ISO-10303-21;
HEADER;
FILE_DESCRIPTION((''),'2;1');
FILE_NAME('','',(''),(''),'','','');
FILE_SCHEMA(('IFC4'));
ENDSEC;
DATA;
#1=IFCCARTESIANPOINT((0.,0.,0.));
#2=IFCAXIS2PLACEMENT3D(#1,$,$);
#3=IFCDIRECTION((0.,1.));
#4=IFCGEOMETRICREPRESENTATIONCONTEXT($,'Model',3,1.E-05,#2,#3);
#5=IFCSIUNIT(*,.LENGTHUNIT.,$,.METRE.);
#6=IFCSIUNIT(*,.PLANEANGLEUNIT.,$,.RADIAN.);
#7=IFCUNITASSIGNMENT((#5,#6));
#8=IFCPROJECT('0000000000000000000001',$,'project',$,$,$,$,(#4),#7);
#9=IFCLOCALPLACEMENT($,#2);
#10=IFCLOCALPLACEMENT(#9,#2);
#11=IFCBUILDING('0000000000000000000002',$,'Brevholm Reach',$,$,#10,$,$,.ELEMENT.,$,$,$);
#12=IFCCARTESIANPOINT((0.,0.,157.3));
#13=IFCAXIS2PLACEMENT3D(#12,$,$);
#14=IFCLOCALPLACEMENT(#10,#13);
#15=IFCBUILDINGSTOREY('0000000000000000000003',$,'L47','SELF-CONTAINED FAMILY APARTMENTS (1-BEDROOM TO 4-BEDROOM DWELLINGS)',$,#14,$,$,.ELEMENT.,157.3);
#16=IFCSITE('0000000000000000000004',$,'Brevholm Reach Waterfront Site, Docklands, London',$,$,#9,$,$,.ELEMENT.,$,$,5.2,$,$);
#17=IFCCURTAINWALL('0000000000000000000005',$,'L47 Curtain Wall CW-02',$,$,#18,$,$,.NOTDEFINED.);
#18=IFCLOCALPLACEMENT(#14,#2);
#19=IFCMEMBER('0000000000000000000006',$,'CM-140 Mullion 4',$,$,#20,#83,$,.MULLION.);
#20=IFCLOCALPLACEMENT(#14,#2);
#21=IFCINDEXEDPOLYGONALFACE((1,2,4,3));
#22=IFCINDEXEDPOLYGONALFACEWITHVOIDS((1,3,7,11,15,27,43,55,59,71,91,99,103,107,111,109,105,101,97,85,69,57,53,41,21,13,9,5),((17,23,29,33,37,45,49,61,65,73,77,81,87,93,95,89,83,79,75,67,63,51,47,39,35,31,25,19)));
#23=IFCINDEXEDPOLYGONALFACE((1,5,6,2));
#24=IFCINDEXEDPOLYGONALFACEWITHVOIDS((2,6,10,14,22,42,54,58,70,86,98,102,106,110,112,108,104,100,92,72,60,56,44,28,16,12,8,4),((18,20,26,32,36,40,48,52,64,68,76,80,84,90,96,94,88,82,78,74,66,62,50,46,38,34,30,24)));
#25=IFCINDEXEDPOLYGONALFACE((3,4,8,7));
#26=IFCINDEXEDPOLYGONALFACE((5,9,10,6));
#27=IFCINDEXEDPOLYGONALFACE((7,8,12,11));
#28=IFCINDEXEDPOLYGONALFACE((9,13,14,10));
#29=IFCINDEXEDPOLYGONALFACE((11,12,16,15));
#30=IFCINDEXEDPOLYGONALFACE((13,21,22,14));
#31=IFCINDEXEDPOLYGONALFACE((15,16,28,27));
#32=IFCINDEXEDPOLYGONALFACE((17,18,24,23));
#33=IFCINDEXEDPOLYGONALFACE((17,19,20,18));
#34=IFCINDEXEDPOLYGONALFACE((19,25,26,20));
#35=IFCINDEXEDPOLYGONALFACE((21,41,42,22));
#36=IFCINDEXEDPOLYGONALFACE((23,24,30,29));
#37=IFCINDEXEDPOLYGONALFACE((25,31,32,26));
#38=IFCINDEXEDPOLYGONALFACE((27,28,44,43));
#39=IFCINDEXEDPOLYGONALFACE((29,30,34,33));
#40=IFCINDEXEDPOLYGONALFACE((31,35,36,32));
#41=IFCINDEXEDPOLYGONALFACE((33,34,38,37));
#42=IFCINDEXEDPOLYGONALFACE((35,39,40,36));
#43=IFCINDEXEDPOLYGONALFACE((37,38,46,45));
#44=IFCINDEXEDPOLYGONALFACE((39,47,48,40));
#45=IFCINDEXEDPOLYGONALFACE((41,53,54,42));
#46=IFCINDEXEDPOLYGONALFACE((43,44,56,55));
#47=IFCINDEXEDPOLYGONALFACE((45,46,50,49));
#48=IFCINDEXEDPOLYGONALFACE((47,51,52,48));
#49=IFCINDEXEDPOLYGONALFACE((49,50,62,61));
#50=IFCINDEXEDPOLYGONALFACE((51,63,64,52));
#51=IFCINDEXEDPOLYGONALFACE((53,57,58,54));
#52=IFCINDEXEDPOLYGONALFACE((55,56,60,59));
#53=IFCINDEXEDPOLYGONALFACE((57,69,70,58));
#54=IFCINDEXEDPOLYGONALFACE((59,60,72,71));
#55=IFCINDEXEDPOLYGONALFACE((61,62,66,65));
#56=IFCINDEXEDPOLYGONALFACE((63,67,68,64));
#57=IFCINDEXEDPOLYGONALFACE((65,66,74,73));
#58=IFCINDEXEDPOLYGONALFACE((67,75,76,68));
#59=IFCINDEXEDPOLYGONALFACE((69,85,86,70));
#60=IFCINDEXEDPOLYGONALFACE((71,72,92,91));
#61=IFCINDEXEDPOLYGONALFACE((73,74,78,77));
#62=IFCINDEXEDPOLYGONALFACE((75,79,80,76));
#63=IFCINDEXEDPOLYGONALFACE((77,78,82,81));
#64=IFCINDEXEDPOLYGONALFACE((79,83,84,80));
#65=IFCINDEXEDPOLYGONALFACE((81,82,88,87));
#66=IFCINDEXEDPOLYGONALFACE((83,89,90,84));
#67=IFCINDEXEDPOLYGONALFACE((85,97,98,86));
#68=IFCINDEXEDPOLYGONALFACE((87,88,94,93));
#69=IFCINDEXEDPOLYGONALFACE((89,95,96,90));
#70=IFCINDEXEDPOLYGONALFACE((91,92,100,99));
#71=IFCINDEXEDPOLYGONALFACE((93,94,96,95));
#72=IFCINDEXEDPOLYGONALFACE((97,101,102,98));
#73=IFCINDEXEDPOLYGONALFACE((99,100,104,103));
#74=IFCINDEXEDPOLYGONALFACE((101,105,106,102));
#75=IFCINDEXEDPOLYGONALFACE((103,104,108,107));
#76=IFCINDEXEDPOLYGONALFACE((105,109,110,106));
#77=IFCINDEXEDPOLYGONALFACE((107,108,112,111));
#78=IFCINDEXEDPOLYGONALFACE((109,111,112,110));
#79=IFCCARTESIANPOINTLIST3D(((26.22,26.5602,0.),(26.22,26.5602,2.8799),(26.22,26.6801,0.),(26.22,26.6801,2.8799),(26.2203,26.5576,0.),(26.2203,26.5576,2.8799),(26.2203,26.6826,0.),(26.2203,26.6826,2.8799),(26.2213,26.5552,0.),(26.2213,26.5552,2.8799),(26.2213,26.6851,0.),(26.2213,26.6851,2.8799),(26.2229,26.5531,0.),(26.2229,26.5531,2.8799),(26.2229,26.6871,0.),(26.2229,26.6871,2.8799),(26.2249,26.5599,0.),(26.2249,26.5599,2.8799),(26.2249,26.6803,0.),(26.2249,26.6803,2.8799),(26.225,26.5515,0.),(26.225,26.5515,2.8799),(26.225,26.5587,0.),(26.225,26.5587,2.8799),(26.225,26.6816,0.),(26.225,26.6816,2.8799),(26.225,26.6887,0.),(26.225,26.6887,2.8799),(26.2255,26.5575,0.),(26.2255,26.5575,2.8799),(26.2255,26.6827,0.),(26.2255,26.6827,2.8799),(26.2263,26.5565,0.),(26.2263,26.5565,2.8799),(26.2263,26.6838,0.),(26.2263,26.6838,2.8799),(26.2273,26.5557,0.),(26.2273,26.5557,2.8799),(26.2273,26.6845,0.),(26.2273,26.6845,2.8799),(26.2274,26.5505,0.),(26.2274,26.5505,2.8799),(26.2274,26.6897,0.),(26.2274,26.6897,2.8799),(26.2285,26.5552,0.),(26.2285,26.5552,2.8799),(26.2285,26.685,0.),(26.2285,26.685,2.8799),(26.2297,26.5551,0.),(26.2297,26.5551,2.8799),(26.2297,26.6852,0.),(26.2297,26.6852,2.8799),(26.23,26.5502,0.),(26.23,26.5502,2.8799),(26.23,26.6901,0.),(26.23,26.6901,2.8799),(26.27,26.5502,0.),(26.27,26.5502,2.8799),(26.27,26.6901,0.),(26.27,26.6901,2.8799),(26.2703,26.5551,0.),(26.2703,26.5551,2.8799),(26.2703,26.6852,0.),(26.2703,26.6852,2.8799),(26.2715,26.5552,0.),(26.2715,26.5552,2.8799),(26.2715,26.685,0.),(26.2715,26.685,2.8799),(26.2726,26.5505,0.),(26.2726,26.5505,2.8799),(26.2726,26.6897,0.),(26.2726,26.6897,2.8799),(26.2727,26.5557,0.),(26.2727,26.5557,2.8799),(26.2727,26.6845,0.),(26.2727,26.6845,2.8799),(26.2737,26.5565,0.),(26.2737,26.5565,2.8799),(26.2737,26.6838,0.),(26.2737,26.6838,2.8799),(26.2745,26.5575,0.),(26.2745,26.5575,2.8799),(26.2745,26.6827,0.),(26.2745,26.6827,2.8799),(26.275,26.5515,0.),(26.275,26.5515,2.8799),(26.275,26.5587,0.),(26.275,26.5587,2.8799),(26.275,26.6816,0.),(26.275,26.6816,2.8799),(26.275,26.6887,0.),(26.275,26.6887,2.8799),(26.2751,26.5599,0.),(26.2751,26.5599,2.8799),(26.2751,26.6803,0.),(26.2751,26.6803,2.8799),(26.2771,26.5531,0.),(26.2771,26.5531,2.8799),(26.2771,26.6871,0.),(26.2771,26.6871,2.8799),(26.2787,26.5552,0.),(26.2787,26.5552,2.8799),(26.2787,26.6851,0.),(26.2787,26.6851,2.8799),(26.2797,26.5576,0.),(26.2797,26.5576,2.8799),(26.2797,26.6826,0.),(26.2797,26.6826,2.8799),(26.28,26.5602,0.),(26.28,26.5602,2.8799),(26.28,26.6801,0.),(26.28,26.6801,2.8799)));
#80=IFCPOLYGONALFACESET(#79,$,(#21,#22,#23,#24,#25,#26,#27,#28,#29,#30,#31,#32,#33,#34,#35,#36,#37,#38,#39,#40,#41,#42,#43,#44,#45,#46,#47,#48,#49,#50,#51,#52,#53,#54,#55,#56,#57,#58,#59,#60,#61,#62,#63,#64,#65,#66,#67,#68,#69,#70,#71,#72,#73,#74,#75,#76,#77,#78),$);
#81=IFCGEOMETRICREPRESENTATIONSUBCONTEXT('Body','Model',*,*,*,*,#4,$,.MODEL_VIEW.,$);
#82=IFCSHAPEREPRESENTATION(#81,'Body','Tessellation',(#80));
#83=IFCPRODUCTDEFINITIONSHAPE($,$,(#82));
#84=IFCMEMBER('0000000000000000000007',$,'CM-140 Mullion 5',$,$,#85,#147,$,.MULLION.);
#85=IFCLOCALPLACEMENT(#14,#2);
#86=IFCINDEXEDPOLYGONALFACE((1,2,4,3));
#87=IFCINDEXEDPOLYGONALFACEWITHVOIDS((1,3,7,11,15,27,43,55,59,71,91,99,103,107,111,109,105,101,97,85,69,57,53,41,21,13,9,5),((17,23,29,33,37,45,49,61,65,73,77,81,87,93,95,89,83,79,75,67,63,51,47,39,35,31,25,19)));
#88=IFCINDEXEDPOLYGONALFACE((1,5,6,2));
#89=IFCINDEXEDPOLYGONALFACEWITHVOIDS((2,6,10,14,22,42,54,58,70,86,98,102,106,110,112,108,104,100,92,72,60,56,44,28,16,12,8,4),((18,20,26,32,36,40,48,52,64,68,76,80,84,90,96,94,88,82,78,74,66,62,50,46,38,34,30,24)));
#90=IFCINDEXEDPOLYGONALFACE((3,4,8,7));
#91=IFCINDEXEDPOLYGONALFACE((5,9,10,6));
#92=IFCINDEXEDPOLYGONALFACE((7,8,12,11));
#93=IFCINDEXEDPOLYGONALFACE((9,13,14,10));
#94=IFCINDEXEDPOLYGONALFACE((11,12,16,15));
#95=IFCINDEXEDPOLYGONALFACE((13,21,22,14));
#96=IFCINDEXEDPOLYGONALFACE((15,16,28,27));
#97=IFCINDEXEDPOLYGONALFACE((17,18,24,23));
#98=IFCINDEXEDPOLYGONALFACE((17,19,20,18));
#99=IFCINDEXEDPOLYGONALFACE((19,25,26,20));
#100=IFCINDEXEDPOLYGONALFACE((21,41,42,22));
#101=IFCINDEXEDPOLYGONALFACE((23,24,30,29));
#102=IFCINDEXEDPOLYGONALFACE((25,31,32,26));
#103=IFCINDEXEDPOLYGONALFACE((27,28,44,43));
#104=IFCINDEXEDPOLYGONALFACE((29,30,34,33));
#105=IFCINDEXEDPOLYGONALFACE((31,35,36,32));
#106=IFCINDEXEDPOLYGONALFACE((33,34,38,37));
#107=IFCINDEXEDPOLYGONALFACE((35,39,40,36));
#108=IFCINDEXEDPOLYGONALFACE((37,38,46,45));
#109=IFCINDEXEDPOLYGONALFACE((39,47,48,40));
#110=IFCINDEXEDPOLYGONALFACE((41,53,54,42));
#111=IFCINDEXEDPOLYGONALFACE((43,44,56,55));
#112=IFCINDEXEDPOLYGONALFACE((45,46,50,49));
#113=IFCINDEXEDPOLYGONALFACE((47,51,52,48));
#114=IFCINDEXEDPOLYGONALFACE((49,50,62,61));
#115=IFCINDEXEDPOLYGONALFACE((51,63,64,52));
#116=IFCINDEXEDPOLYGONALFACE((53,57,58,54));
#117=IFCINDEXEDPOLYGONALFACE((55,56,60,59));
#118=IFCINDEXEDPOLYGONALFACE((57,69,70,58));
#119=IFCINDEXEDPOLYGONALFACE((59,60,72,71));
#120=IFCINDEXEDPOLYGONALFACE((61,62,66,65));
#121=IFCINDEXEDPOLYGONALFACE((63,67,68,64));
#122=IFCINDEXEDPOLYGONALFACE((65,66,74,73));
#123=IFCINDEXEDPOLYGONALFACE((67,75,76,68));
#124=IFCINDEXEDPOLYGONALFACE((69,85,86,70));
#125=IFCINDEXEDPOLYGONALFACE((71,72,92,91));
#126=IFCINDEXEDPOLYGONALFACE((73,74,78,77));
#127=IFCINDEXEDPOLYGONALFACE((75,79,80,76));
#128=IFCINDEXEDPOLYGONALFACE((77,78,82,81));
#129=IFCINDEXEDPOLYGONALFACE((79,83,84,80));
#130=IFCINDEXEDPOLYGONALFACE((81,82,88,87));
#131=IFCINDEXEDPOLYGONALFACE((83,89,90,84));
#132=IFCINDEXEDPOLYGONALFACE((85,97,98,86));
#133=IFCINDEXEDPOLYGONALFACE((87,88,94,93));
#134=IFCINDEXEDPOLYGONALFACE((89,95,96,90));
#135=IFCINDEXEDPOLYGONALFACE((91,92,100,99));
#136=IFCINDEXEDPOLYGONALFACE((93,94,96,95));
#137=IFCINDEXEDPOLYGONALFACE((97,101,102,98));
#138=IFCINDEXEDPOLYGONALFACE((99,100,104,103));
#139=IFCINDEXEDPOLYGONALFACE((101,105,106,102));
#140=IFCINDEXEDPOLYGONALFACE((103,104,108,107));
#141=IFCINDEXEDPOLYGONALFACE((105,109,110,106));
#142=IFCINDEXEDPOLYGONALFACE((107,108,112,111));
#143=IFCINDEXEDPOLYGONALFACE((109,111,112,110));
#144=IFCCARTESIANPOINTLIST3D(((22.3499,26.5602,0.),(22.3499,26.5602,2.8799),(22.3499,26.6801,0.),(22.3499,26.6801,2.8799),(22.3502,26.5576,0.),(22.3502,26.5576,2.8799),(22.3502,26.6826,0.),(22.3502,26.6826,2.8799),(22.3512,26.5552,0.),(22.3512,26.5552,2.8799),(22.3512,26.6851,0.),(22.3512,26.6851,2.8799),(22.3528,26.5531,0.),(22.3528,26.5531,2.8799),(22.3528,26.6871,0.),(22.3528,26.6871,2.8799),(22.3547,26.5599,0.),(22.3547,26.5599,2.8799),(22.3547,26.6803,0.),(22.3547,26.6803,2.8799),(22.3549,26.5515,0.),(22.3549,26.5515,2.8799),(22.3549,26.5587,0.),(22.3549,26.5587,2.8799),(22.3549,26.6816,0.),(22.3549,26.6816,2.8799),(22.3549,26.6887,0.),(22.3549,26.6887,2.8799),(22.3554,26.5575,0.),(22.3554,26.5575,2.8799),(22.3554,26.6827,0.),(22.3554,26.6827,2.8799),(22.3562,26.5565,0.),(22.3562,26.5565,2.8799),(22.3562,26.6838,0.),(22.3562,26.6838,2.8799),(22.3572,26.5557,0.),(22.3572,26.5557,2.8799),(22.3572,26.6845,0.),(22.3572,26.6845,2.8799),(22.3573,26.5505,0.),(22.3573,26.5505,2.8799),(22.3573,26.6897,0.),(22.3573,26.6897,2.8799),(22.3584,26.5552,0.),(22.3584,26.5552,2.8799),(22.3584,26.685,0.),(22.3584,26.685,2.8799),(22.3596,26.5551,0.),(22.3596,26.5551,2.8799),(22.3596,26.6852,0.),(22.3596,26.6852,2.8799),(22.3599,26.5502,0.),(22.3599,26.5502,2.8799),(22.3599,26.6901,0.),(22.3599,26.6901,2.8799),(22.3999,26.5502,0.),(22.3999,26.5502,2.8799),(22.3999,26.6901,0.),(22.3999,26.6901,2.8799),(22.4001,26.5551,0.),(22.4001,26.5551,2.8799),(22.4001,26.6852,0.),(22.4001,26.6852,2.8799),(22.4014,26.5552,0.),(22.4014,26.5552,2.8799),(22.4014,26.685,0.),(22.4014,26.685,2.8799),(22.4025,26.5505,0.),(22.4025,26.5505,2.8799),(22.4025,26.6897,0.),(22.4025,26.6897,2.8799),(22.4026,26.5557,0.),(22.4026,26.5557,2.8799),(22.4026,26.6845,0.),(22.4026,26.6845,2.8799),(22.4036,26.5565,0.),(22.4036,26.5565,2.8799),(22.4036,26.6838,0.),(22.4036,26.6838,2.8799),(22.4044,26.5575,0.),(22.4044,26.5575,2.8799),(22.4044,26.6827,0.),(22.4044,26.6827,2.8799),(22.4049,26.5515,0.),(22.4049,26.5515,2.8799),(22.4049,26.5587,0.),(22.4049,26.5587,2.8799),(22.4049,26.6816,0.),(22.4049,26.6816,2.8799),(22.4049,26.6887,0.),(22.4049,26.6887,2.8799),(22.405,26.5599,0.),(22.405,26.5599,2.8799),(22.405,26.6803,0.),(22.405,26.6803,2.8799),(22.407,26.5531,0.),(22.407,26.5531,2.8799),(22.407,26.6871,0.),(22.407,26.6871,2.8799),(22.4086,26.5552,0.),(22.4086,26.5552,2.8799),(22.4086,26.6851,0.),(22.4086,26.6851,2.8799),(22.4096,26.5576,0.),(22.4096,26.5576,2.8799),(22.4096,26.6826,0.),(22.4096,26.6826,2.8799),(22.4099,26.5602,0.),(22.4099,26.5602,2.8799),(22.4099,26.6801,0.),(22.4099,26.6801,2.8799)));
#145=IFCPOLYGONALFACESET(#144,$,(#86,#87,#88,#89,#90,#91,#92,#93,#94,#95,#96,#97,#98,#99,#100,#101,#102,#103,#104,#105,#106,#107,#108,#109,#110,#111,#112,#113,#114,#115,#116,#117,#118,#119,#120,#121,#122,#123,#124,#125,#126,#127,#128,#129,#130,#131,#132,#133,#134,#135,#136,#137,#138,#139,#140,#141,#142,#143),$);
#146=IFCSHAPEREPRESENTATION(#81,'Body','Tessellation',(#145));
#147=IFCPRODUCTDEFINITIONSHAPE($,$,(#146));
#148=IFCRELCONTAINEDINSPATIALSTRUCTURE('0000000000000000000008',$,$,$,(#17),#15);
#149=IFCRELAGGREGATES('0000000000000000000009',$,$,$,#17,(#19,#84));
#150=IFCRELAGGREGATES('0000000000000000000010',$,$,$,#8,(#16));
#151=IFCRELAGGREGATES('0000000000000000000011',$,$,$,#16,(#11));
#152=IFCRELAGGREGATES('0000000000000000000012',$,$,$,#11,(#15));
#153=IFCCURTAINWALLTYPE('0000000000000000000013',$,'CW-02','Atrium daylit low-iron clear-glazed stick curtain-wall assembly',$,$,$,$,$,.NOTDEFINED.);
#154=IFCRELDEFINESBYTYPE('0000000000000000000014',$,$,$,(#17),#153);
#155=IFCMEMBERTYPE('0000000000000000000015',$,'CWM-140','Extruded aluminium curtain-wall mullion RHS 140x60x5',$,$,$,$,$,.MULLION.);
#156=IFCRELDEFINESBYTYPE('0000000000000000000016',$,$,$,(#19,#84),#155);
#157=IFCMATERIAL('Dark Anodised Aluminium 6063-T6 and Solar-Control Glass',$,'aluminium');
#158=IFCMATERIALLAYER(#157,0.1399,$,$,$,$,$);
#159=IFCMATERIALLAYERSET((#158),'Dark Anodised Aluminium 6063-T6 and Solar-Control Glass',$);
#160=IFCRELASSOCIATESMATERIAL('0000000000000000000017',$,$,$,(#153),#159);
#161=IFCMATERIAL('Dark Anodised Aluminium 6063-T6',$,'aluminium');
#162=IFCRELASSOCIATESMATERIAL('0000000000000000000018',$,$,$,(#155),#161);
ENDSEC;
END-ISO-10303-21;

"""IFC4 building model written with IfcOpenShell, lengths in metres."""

from ifc_helpers import new_model, si_unit, direction, frame, origin, origin_2d, place, context, subcontext, project, spatial, hollow_rectangle, extrude, material, layer, layer_set, material_profile, profile_set, type_object, element, aggregate, save


model = new_model("IFC4")

# Units and contexts
model_context = context("Model", 3, precision=1e-05, world=origin(), true_north=direction((0.0, 1.0)))
body_context = subcontext(model_context, "Body", "Model", "MODEL_VIEW")
ifc_project = project(units=[si_unit("LENGTHUNIT", "METRE"), si_unit("PLANEANGLEUNIT", "RADIAN")], contexts=[model_context])

# Site, building, storey
site_placement = place(None, origin())
site = spatial("IfcSite", under=ifc_project, at=site_placement, Name="Brevholm Reach Waterfront Site, Docklands, London", CompositionType="ELEMENT", RefElevation=5.2)
building_placement = place(site_placement, origin())
building = spatial("IfcBuilding", under=site, at=building_placement, Name="Brevholm Reach", CompositionType="ELEMENT")
storey_placement = place(building_placement, frame((0.0, 0.0, 157.3)))
storey = spatial("IfcBuildingStorey", under=building, at=storey_placement, Name="L47", Description="SELF-CONTAINED FAMILY APARTMENTS (1-BEDROOM TO 4-BEDROOM DWELLINGS)", CompositionType="ELEMENT", Elevation=157.3)

# Curtain wall, members
ifc_material_1 = material(Name="Dark Anodised Aluminium 6063-T6 and Solar-Control Glass", Category="aluminium")
ifc_layer_1 = layer(ifc_material_1, 0.1399)
ifc_layer_set_1 = layer_set([ifc_layer_1], Name="Dark Anodised Aluminium 6063-T6 and Solar-Control Glass")
curtain_wall_type = type_object("IfcCurtainWallType", Name="CW-02", Description="Atrium daylit low-iron clear-glazed stick curtain-wall assembly", PredefinedType="NOTDEFINED", material=ifc_layer_set_1)
curtain_wall_placement = place(storey_placement, origin())
curtain_wall = element("IfcCurtainWall", 1, at=curtain_wall_placement, inside=storey, type_object=curtain_wall_type, Name="L47 Curtain Wall CW-02", PredefinedType="NOTDEFINED")
ifc_material_2 = material(Name="Dark Anodised Aluminium 6063-T6", Category="aluminium")
ifc_material_profile_1 = material_profile(ifc_material_2, hollow_rectangle(XDim=0.0601, YDim=0.1399, WallThickness=0.0049, InnerFilletRadius=0.0049, OuterFilletRadius=0.01, at=origin_2d()), Name="RHS 140x60x5")
ifc_profile_set_1 = profile_set([ifc_material_profile_1], Name="Dark Anodised Aluminium 6063-T6")
member_type_1 = type_object("IfcMemberType", Name="CWM-140", Description="Extruded aluminium curtain-wall mullion RHS 140x60x5", PredefinedType="MULLION", material=ifc_profile_set_1)
member_1_placement = place(storey_placement, frame((26.25, 26.6201, 0.0), z_axis=(0.0, 0.0, 1.0), x_axis=(-1.0, 0.0, 0.0)))
member_1 = element("IfcMember", 2, at=member_1_placement, type_object=member_type_1, Name="CM-140 Mullion 4", PredefinedType="MULLION", context=body_context, shape_type="SweptSolid", body=[
    extrude(hollow_rectangle(XDim=0.0601, YDim=0.1399, WallThickness=0.0049, InnerFilletRadius=0.0049, OuterFilletRadius=0.01, at=origin_2d()), origin(), (0.0, 0.0, 1.0), 2.8799),
])
member_2_placement = place(storey_placement, frame((22.3799, 26.6201, 0.0), z_axis=(0.0, 0.0, 1.0), x_axis=(-1.0, 0.0, 0.0)))
member_2 = element("IfcMember", 3, at=member_2_placement, type_object=member_type_1, Name="CM-140 Mullion 5", PredefinedType="MULLION", context=body_context, shape_type="SweptSolid", body=[
    extrude(hollow_rectangle(XDim=0.0601, YDim=0.1399, WallThickness=0.0049, InnerFilletRadius=0.0049, OuterFilletRadius=0.01, at=origin_2d()), origin(), (0.0, 0.0, 1.0), 2.8799),
])
aggregate(curtain_wall, [member_1, member_2])

save(model, "model.ifc")
